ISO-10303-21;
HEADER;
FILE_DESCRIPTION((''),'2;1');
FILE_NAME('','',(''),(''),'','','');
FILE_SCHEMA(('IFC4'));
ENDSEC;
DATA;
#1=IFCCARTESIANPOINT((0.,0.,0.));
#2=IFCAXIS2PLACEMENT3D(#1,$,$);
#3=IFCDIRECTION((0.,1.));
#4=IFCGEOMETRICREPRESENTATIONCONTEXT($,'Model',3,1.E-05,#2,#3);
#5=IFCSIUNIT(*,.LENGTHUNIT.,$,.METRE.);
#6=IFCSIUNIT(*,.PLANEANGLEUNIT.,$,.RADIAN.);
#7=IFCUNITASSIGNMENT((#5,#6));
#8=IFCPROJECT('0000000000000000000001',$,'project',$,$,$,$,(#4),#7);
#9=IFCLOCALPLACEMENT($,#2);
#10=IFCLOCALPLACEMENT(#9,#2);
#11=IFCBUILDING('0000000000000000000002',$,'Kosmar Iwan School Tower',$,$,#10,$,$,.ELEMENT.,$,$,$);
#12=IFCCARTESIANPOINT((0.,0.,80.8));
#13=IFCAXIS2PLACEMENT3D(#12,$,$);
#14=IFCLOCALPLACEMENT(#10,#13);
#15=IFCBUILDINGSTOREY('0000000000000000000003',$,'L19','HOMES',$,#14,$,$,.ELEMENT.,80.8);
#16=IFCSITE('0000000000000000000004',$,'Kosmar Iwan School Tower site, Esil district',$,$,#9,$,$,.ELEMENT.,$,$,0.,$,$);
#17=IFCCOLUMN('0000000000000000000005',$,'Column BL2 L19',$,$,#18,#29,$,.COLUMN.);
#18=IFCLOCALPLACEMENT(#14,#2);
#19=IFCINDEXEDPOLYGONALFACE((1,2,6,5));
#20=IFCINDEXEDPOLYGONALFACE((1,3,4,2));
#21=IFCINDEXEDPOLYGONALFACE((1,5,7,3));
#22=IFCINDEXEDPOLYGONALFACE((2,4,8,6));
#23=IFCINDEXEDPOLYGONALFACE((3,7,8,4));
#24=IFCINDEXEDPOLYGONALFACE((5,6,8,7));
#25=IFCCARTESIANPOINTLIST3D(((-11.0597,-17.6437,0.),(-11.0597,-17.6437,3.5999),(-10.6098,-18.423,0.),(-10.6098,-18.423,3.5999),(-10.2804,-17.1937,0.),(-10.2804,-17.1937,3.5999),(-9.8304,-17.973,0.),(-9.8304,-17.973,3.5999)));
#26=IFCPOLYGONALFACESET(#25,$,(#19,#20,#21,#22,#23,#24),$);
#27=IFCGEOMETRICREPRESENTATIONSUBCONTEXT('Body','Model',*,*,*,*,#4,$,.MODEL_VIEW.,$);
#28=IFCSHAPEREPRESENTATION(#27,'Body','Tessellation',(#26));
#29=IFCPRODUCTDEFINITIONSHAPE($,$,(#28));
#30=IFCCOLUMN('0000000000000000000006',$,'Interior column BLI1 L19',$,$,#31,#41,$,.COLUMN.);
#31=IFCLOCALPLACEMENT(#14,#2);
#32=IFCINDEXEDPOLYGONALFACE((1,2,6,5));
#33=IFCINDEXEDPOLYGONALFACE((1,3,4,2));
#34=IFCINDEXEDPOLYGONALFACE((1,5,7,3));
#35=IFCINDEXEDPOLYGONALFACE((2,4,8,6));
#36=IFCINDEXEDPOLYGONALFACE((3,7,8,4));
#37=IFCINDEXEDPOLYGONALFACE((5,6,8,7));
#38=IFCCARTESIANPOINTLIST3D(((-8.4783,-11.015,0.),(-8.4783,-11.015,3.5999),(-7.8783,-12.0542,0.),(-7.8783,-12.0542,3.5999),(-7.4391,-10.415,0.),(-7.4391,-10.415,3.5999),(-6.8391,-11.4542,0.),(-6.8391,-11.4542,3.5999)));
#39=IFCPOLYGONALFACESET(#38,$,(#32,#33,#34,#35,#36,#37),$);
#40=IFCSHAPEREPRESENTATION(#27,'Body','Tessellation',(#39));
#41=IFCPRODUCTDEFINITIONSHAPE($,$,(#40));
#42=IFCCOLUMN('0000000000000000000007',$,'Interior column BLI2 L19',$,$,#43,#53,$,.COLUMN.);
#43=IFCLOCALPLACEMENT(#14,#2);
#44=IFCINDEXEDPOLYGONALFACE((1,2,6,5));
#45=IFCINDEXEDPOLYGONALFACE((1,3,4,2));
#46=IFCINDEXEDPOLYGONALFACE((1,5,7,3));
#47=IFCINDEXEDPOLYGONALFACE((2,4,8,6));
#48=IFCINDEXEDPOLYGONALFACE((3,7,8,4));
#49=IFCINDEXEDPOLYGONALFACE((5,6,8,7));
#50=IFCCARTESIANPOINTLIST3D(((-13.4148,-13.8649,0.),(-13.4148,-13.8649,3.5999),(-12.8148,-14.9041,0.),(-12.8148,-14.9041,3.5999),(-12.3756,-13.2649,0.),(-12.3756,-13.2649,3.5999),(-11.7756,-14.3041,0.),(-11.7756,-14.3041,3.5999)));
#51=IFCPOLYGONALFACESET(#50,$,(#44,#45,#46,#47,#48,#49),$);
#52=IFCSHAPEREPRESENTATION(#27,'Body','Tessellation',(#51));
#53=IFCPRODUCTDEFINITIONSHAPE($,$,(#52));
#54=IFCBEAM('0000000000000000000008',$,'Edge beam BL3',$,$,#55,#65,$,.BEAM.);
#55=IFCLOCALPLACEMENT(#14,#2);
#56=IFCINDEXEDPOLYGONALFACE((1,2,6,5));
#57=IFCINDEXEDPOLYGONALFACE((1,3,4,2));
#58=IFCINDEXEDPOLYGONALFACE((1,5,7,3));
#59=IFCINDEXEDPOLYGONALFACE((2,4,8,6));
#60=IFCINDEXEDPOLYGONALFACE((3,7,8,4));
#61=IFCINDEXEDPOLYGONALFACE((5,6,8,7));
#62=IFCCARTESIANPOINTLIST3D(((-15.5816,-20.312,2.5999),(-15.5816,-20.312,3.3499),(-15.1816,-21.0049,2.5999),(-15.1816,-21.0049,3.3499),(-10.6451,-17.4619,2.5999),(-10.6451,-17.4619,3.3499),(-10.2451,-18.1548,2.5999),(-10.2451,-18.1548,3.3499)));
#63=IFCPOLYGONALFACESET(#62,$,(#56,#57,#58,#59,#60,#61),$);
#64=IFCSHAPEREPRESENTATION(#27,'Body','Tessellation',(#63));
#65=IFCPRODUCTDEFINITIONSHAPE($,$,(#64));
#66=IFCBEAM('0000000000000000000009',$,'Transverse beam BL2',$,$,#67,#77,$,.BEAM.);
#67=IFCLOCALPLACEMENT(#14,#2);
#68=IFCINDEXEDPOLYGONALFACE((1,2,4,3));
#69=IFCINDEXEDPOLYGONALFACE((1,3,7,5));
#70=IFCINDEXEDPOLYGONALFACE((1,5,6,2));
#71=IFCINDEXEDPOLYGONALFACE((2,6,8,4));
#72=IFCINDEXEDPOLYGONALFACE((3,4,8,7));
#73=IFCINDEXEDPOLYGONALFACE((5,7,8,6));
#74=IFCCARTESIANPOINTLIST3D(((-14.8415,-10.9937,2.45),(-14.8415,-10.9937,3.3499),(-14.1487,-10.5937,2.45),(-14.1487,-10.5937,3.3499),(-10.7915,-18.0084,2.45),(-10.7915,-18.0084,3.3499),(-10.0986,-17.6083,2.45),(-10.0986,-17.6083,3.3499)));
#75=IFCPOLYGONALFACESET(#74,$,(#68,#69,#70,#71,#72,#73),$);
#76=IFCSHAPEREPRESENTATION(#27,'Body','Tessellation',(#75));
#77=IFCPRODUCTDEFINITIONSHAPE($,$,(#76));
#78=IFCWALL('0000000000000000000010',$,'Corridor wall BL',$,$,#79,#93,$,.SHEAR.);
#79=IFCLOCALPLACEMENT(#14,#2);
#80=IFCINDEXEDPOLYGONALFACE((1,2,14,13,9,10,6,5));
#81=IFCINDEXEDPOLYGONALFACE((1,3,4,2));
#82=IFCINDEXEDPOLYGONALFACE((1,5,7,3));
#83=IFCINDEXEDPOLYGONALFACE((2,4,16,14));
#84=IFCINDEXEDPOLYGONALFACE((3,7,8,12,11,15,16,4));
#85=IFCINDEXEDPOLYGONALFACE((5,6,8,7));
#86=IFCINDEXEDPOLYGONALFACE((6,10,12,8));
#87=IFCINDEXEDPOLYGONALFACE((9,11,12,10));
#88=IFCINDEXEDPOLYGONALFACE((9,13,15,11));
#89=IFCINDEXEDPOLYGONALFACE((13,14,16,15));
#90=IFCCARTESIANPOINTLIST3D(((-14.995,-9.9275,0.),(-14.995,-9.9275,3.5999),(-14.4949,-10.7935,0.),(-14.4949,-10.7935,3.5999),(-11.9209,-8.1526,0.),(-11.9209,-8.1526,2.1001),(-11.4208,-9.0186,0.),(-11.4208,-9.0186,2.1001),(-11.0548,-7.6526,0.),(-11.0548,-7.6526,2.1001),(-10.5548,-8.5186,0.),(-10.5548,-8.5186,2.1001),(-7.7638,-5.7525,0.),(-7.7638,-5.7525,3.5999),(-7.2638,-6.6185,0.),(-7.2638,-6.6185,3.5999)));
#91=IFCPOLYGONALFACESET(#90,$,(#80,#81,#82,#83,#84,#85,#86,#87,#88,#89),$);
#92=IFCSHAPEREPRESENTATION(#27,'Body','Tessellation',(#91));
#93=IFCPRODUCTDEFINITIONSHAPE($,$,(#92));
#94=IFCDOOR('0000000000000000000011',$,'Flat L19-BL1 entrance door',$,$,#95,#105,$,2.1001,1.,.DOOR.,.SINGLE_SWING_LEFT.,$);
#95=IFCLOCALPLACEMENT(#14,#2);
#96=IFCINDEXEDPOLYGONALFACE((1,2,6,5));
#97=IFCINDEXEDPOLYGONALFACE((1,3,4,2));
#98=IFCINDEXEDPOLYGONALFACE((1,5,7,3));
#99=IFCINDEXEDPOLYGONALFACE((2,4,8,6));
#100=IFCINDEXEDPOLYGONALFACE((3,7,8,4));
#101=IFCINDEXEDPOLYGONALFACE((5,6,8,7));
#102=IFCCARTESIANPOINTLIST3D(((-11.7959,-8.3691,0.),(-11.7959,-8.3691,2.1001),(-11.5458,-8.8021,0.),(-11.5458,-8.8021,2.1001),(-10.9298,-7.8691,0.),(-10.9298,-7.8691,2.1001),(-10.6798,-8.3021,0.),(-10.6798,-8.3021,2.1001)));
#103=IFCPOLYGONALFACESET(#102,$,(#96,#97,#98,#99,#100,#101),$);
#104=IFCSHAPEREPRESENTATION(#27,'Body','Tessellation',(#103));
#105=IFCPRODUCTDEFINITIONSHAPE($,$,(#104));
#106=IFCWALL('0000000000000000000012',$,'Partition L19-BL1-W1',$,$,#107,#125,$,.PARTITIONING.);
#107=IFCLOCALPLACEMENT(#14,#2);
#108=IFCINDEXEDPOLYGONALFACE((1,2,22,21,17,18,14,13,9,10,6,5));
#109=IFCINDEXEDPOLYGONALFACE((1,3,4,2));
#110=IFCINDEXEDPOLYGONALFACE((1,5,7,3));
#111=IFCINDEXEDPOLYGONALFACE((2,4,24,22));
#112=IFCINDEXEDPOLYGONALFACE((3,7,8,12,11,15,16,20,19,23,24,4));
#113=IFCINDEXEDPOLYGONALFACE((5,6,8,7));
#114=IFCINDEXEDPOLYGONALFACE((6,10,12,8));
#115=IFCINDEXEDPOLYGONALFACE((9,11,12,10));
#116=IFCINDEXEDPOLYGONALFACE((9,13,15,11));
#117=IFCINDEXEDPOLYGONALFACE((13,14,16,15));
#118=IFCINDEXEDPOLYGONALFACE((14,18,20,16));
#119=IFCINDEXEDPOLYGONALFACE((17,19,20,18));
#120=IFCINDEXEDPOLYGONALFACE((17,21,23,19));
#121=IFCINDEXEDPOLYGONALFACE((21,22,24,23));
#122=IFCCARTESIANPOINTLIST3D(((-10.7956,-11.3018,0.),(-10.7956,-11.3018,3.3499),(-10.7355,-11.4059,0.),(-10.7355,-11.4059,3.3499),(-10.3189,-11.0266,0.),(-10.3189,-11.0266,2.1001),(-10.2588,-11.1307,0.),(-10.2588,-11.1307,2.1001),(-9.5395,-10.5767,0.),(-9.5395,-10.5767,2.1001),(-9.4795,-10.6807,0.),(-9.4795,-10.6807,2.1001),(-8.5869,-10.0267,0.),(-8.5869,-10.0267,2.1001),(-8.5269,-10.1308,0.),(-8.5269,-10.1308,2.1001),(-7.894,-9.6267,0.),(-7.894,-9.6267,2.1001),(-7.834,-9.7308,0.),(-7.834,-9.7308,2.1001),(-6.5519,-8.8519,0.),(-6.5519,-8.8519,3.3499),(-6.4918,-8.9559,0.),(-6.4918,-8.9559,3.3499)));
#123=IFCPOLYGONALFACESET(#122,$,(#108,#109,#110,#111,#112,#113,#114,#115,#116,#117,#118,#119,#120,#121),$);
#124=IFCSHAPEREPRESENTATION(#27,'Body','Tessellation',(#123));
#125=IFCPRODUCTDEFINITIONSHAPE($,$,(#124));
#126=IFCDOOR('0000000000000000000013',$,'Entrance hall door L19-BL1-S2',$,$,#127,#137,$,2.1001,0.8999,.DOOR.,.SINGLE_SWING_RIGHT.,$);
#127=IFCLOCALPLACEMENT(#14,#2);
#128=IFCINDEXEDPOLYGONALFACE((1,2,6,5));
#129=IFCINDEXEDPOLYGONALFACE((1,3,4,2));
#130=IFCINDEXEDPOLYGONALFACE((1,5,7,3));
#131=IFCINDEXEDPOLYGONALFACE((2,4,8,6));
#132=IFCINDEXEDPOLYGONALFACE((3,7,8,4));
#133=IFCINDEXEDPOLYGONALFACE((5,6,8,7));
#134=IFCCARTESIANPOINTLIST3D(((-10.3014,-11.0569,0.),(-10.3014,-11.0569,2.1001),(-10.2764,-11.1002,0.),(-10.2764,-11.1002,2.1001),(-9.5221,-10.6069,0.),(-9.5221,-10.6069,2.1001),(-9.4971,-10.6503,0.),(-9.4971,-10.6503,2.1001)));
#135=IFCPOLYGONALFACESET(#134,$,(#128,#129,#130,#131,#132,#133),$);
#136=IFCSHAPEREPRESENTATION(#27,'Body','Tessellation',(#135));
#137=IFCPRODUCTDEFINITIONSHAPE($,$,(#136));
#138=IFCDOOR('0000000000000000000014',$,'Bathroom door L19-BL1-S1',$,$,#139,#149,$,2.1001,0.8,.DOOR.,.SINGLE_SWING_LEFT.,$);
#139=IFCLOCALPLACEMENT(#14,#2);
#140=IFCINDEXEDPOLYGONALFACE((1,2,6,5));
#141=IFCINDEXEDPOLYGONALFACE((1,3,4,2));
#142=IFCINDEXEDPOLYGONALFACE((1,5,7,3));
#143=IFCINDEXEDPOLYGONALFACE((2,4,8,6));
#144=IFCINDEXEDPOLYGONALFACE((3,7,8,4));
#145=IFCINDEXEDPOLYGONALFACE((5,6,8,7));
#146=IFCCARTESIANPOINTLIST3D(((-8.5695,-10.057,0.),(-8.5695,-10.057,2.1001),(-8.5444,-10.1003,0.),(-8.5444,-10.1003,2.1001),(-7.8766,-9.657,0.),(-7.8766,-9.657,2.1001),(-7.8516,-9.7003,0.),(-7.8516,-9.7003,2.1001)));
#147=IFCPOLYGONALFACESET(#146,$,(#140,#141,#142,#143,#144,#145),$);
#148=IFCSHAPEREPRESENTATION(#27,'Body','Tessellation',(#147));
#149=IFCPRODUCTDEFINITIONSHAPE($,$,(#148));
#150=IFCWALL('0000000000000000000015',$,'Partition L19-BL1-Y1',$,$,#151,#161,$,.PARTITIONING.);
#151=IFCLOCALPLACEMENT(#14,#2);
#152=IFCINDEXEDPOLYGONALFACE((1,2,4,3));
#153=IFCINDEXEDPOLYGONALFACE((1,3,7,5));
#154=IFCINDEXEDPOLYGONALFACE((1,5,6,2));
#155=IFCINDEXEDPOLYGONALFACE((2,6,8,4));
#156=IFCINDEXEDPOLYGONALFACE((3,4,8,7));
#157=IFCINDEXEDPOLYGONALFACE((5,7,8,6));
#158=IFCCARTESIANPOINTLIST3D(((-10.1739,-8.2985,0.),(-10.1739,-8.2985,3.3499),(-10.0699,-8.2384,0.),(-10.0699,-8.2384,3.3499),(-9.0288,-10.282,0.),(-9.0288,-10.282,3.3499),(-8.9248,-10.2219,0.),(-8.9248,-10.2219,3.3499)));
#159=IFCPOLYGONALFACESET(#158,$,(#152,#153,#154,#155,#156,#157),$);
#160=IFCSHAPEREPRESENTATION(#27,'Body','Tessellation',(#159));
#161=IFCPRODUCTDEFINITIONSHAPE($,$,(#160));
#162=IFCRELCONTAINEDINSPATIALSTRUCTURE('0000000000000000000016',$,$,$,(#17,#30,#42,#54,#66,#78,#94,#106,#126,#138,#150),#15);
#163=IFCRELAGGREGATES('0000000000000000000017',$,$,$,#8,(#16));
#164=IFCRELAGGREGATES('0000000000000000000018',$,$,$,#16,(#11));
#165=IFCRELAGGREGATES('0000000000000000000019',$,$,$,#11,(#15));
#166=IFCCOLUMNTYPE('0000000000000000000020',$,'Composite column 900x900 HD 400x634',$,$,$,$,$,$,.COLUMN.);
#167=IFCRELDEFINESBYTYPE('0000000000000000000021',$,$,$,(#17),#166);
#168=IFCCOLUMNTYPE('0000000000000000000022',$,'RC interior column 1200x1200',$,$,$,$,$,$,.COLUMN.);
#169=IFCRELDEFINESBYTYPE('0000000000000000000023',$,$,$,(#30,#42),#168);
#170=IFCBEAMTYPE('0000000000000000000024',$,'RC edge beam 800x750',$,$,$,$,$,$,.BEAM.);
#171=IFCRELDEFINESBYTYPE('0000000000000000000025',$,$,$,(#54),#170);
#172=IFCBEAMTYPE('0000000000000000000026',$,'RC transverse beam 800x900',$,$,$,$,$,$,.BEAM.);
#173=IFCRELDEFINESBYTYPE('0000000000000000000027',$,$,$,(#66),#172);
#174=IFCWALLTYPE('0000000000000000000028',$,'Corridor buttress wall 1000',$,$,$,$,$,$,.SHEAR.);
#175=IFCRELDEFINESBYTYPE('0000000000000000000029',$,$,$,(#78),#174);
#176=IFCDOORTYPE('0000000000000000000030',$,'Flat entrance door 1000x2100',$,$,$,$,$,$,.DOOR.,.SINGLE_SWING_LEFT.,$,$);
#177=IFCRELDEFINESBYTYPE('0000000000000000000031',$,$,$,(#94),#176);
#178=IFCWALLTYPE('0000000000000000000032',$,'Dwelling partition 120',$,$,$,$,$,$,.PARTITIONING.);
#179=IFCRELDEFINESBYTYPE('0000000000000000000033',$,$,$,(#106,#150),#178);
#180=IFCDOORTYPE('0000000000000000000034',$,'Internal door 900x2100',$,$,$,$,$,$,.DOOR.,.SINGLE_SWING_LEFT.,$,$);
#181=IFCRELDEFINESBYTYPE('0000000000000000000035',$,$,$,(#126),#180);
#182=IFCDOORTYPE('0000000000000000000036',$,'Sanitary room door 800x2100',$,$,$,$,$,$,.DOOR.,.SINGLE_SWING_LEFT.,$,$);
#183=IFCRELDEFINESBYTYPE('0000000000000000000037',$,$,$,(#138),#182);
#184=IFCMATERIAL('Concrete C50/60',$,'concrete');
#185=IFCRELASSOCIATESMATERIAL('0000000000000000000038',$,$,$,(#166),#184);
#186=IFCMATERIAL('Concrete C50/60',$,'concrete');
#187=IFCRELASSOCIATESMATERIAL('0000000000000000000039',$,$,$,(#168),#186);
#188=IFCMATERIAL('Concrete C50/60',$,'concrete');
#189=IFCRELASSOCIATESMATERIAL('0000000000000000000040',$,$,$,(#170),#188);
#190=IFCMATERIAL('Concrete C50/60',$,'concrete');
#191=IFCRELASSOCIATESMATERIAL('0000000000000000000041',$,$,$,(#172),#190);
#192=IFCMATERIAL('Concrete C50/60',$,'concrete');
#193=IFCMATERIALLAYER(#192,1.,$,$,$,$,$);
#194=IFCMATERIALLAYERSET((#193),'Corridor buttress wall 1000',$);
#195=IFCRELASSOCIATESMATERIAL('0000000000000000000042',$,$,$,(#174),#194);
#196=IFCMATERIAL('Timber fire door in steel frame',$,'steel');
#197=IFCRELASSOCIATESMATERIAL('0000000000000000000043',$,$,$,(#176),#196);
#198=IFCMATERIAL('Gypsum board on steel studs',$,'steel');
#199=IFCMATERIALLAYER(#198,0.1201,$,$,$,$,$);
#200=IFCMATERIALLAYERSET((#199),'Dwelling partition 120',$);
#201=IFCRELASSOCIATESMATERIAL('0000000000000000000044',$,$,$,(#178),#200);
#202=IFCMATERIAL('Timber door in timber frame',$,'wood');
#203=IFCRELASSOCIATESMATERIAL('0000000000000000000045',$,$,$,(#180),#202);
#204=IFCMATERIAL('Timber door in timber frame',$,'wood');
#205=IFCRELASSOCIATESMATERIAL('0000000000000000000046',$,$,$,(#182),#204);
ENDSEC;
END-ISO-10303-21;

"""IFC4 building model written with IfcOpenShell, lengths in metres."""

from ifc_helpers import new_model, si_unit, direction, frame, frame_2d, origin, origin_2d, place, context, subcontext, project, spatial, rectangle, extrude, material, layer, layer_set, material_profile, profile_set, type_object, element, fill, save


model = new_model("IFC4")

# Units and contexts
model_context = context("Model", 3, precision=1e-05, world=origin(), true_north=direction((0.0, 1.0)))
body_context = subcontext(model_context, "Body", "Model", "MODEL_VIEW")
ifc_project = project(units=[si_unit("LENGTHUNIT", "METRE"), si_unit("PLANEANGLEUNIT", "RADIAN")], contexts=[model_context])

# Site, building, storey
site_placement = place(None, origin())
site = spatial("IfcSite", under=ifc_project, at=site_placement, Name="Kosmar Iwan School Tower site, Esil district", CompositionType="ELEMENT", RefElevation=0.0)
building_placement = place(site_placement, origin())
building = spatial("IfcBuilding", under=site, at=building_placement, Name="Kosmar Iwan School Tower", CompositionType="ELEMENT")
storey_placement = place(building_placement, frame((0.0, 0.0, 80.8)))
storey = spatial("IfcBuildingStorey", under=building, at=storey_placement, Name="L19", Description="HOMES", CompositionType="ELEMENT", Elevation=80.8)

# Columns
ifc_material_1 = material(Name="Concrete C50/60", Category="concrete")
ifc_material_profile_1 = material_profile(ifc_material_1, rectangle(XDim=0.8999, YDim=0.8999, at=origin_2d()), Name="RC 900x900 + HD 400x634")
ifc_profile_set_1 = profile_set([ifc_material_profile_1], Name="Concrete C50/60")
column_type_1 = type_object("IfcColumnType", Name="Composite column 900x900 HD 400x634", PredefinedType="COLUMN", material=ifc_profile_set_1)
column_placement = place(storey_placement, frame((-10.4451, -17.8083, 0.0), z_axis=(0.0, 0.0, 1.0), x_axis=(-0.866025, -0.5, 0.0)))
element("IfcColumn", 1, at=column_placement, inside=storey, type_object=column_type_1, Name="Column BL2 L19", PredefinedType="COLUMN", context=body_context, shape_type="SweptSolid", body=[
    extrude(rectangle(XDim=0.8999, YDim=0.8999, at=origin_2d()), origin(), (0.0, 0.0, 1.0), 3.5999),
])
ifc_material_2 = material(Name="Concrete C50/60", Category="concrete")
ifc_material_profile_2 = material_profile(ifc_material_2, rectangle(XDim=1.2, YDim=1.2, at=origin_2d()), Name="RC 1200x1200")
ifc_profile_set_2 = profile_set([ifc_material_profile_2], Name="Concrete C50/60")
column_type_2 = type_object("IfcColumnType", Name="RC interior column 1200x1200", PredefinedType="COLUMN", material=ifc_profile_set_2)
for number, where, z_axis, x_axis, name in (
    (2, (-7.6587, -11.2346, 0.0), (0.0, 0.0, 1.0), (-0.866025, -0.5, 0.0), "Interior column BLI1 L19"),
    (3, (-12.5952, -14.0845, 0.0), (0.0, 0.0, 1.0), (-0.866025, -0.5, 0.0), "Interior column BLI2 L19"),
):
    element("IfcColumn", number, at=place(storey_placement, frame(where, z_axis=z_axis, x_axis=x_axis)), inside=storey, type_object=column_type_2, Name=name, PredefinedType="COLUMN", context=body_context, shape_type="SweptSolid", body=[
        extrude(rectangle(XDim=1.2, YDim=1.2, at=origin_2d()), origin(), (0.0, 0.0, 1.0), 3.5999),
    ])

# Beams
ifc_material_3 = material(Name="Concrete C50/60", Category="concrete")
ifc_material_profile_3 = material_profile(ifc_material_3, rectangle(XDim=0.8, YDim=0.75, at=origin_2d()), Name="RC 800x750")
ifc_profile_set_3 = profile_set([ifc_material_profile_3], Name="Concrete C50/60")
beam_type_1 = type_object("IfcBeamType", Name="RC edge beam 800x750", PredefinedType="BEAM", material=ifc_profile_set_3)
beam_1_placement = place(storey_placement, frame((-10.4451, -17.8083, 2.9749), z_axis=(-0.866026, -0.499999, 0.0), x_axis=(0.499999, -0.866026, 0.0)))
element("IfcBeam", 4, at=beam_1_placement, inside=storey, type_object=beam_type_1, Name="Edge beam BL3", PredefinedType="BEAM", context=body_context, shape_type="SweptSolid", body=[
    extrude(rectangle(XDim=0.8, YDim=0.75, at=origin_2d()), origin(), (0.0, 0.0, 1.0), 5.7002),
])
ifc_material_4 = material(Name="Concrete C50/60", Category="concrete")
ifc_material_profile_4 = material_profile(ifc_material_4, rectangle(XDim=0.8, YDim=0.8999, at=origin_2d()), Name="RC 800x900")
ifc_profile_set_4 = profile_set([ifc_material_profile_4], Name="Concrete C50/60")
beam_type_2 = type_object("IfcBeamType", Name="RC transverse beam 800x900", PredefinedType="BEAM", material=ifc_profile_set_4)
beam_2_placement = place(storey_placement, frame((-10.4451, -17.8083, 2.8999), z_axis=(-0.500013, 0.866018, 0.0), x_axis=(-0.866018, -0.500013, 0.0)))
element("IfcBeam", 5, at=beam_2_placement, inside=storey, type_object=beam_type_2, Name="Transverse beam BL2", PredefinedType="BEAM", context=body_context, shape_type="SweptSolid", body=[
    extrude(rectangle(XDim=0.8, YDim=0.8999, at=origin_2d()), origin(), (0.0, 0.0, 1.0), 8.0999),
])

# Wall, opening, door
ifc_material_5 = material(Name="Concrete C50/60", Category="concrete")
ifc_layer_1 = layer(ifc_material_5, 1.0)
ifc_layer_set_1 = layer_set([ifc_layer_1], Name="Corridor buttress wall 1000")
wall_type_1 = type_object("IfcWallType", Name="Corridor buttress wall 1000", PredefinedType="SHEAR", material=ifc_layer_set_1)
wall_1_placement = place(storey_placement, frame((-7.5139, -6.1855, 0.0), z_axis=(0.0, 0.0, 1.0), x_axis=(-0.86602, -0.50001, 0.0)))
wall_1 = element("IfcWall", 6, at=wall_1_placement, inside=storey, type_object=wall_type_1, Name="Corridor wall BL", PredefinedType="SHEAR", context=body_context, shape_type="SweptSolid", body=[
    extrude(rectangle(XDim=8.3499, YDim=1.0, at=frame_2d((4.1748, 0.0))), origin(), (0.0, 0.0, 1.0), 3.5999),
])
opening_1_placement = place(wall_1_placement, frame((3.8, 0.0, 0.0)))
opening_1 = element("IfcOpeningElement", 7, at=opening_1_placement, cuts=wall_1, PredefinedType="OPENING", context=body_context, shape_type="SweptSolid", body=[
    extrude(rectangle(XDim=1.0, YDim=2.1001, at=frame_2d((0.5, 1.05))), frame((0.0, 0.512, 0.0), z_axis=(0.0, -1.0, 0.0), x_axis=(1.0, 0.0, 0.0)), (0.0, 0.0, 1.0), 1.0239),
])
ifc_material_6 = material(Name="Timber fire door in steel frame", Category="steel")
door_type_1 = type_object("IfcDoorType", Name="Flat entrance door 1000x2100", OperationType="SINGLE_SWING_LEFT", PredefinedType="DOOR", material=ifc_material_6)
door_1_placement = place(opening_1_placement, origin())
door_1 = element("IfcDoor", 8, at=door_1_placement, inside=storey, type_object=door_type_1, Name="Flat L19-BL1 entrance door", OperationType="SINGLE_SWING_LEFT", OverallHeight=2.1001, OverallWidth=1.0, PredefinedType="DOOR", context=body_context, shape_type="SweptSolid", body=[
    extrude(rectangle(XDim=1.0, YDim=2.1001, at=frame_2d((0.5, 1.05))), frame((0.0, 0.25, 0.0), z_axis=(0.0, -1.0, 0.0), x_axis=(1.0, 0.0, 0.0)), (0.0, 0.0, 1.0), 0.5),
])
fill(opening_1, door_1)

# Wall, openings, doors
ifc_material_7 = material(Name="Gypsum board on steel studs", Category="steel")
ifc_layer_2 = layer(ifc_material_7, 0.1201)
ifc_layer_set_2 = layer_set([ifc_layer_2], Name="Dwelling partition 120")
wall_type_2 = type_object("IfcWallType", Name="Dwelling partition 120", PredefinedType="PARTITIONING", material=ifc_layer_set_2)
wall_2_placement = place(storey_placement, frame((-6.5217, -8.9038, 0.0), z_axis=(0.0, 0.0, 1.0), x_axis=(-0.866036, -0.499981, 0.0)))
wall_2 = element("IfcWall", 9, at=wall_2_placement, inside=storey, type_object=wall_type_2, Name="Partition L19-BL1-W1", PredefinedType="PARTITIONING", context=body_context, shape_type="SweptSolid", body=[
    extrude(rectangle(XDim=4.9001, YDim=0.1201, at=frame_2d((2.4502, 0.0))), origin(), (0.0, 0.0, 1.0), 3.3499),
])
opening_2_placement = place(wall_2_placement, frame((1.55, 0.0, 0.0)))
opening_2 = element("IfcOpeningElement", 10, at=opening_2_placement, cuts=wall_2, PredefinedType="OPENING", context=body_context, shape_type="SweptSolid", body=[
    extrude(rectangle(XDim=0.8, YDim=2.1001, at=frame_2d((0.3999, 1.05))), frame((0.0, 0.072, 0.0), z_axis=(0.0, -1.0, 0.0), x_axis=(1.0, 0.0, 0.0)), (0.0, 0.0, 1.0), 0.144),
])
opening_3_placement = place(wall_2_placement, frame((3.45, 0.0, 0.0)))
opening_3 = element("IfcOpeningElement", 11, at=opening_3_placement, cuts=wall_2, PredefinedType="OPENING", context=body_context, shape_type="SweptSolid", body=[
    extrude(rectangle(XDim=0.8999, YDim=2.1001, at=frame_2d((0.45, 1.05))), frame((0.0, 0.072, 0.0), z_axis=(0.0, -1.0, 0.0), x_axis=(1.0, 0.0, 0.0)), (0.0, 0.0, 1.0), 0.144),
])
ifc_material_8 = material(Name="Timber door in timber frame", Category="wood")
door_type_2 = type_object("IfcDoorType", Name="Internal door 900x2100", OperationType="SINGLE_SWING_LEFT", PredefinedType="DOOR", material=ifc_material_8)
door_2_placement = place(opening_3_placement, origin())
door_2 = element("IfcDoor", 12, at=door_2_placement, inside=storey, type_object=door_type_2, Name="Entrance hall door L19-BL1-S2", OperationType="SINGLE_SWING_RIGHT", OverallHeight=2.1001, OverallWidth=0.8999, PredefinedType="DOOR", context=body_context, shape_type="SweptSolid", body=[
    extrude(rectangle(XDim=0.8999, YDim=2.1001, at=frame_2d((0.45, 1.05))), frame((0.0, 0.0249, 0.0), z_axis=(0.0, -1.0, 0.0), x_axis=(1.0, 0.0, 0.0)), (0.0, 0.0, 1.0), 0.05),
])
fill(opening_3, door_2)
ifc_material_9 = material(Name="Timber door in timber frame", Category="wood")
door_type_3 = type_object("IfcDoorType", Name="Sanitary room door 800x2100", OperationType="SINGLE_SWING_LEFT", PredefinedType="DOOR", material=ifc_material_9)
door_3_placement = place(opening_2_placement, origin())
door_3 = element("IfcDoor", 13, at=door_3_placement, inside=storey, type_object=door_type_3, Name="Bathroom door L19-BL1-S1", OperationType="SINGLE_SWING_LEFT", OverallHeight=2.1001, OverallWidth=0.8, PredefinedType="DOOR", context=body_context, shape_type="SweptSolid", body=[
    extrude(rectangle(XDim=0.8, YDim=2.1001, at=frame_2d((0.3999, 1.05))), frame((0.0, 0.0249, 0.0), z_axis=(0.0, -1.0, 0.0), x_axis=(1.0, 0.0, 0.0)), (0.0, 0.0, 1.0), 0.05),
])
fill(opening_2, door_3)

# Wall
wall_3_placement = place(storey_placement, frame((-10.1218, -8.2686, 0.0), z_axis=(0.0, 0.0, 1.0), x_axis=(0.499969, -0.866044, 0.0)))
element("IfcWall", 14, at=wall_3_placement, inside=storey, type_object=wall_type_2, Name="Partition L19-BL1-Y1", PredefinedType="PARTITIONING", context=body_context, shape_type="SweptSolid", body=[
    extrude(rectangle(XDim=2.2903, YDim=0.1201, at=frame_2d((1.145, 0.0))), origin(), (0.0, 0.0, 1.0), 3.3499),
])

save(model, "model.ifc")
